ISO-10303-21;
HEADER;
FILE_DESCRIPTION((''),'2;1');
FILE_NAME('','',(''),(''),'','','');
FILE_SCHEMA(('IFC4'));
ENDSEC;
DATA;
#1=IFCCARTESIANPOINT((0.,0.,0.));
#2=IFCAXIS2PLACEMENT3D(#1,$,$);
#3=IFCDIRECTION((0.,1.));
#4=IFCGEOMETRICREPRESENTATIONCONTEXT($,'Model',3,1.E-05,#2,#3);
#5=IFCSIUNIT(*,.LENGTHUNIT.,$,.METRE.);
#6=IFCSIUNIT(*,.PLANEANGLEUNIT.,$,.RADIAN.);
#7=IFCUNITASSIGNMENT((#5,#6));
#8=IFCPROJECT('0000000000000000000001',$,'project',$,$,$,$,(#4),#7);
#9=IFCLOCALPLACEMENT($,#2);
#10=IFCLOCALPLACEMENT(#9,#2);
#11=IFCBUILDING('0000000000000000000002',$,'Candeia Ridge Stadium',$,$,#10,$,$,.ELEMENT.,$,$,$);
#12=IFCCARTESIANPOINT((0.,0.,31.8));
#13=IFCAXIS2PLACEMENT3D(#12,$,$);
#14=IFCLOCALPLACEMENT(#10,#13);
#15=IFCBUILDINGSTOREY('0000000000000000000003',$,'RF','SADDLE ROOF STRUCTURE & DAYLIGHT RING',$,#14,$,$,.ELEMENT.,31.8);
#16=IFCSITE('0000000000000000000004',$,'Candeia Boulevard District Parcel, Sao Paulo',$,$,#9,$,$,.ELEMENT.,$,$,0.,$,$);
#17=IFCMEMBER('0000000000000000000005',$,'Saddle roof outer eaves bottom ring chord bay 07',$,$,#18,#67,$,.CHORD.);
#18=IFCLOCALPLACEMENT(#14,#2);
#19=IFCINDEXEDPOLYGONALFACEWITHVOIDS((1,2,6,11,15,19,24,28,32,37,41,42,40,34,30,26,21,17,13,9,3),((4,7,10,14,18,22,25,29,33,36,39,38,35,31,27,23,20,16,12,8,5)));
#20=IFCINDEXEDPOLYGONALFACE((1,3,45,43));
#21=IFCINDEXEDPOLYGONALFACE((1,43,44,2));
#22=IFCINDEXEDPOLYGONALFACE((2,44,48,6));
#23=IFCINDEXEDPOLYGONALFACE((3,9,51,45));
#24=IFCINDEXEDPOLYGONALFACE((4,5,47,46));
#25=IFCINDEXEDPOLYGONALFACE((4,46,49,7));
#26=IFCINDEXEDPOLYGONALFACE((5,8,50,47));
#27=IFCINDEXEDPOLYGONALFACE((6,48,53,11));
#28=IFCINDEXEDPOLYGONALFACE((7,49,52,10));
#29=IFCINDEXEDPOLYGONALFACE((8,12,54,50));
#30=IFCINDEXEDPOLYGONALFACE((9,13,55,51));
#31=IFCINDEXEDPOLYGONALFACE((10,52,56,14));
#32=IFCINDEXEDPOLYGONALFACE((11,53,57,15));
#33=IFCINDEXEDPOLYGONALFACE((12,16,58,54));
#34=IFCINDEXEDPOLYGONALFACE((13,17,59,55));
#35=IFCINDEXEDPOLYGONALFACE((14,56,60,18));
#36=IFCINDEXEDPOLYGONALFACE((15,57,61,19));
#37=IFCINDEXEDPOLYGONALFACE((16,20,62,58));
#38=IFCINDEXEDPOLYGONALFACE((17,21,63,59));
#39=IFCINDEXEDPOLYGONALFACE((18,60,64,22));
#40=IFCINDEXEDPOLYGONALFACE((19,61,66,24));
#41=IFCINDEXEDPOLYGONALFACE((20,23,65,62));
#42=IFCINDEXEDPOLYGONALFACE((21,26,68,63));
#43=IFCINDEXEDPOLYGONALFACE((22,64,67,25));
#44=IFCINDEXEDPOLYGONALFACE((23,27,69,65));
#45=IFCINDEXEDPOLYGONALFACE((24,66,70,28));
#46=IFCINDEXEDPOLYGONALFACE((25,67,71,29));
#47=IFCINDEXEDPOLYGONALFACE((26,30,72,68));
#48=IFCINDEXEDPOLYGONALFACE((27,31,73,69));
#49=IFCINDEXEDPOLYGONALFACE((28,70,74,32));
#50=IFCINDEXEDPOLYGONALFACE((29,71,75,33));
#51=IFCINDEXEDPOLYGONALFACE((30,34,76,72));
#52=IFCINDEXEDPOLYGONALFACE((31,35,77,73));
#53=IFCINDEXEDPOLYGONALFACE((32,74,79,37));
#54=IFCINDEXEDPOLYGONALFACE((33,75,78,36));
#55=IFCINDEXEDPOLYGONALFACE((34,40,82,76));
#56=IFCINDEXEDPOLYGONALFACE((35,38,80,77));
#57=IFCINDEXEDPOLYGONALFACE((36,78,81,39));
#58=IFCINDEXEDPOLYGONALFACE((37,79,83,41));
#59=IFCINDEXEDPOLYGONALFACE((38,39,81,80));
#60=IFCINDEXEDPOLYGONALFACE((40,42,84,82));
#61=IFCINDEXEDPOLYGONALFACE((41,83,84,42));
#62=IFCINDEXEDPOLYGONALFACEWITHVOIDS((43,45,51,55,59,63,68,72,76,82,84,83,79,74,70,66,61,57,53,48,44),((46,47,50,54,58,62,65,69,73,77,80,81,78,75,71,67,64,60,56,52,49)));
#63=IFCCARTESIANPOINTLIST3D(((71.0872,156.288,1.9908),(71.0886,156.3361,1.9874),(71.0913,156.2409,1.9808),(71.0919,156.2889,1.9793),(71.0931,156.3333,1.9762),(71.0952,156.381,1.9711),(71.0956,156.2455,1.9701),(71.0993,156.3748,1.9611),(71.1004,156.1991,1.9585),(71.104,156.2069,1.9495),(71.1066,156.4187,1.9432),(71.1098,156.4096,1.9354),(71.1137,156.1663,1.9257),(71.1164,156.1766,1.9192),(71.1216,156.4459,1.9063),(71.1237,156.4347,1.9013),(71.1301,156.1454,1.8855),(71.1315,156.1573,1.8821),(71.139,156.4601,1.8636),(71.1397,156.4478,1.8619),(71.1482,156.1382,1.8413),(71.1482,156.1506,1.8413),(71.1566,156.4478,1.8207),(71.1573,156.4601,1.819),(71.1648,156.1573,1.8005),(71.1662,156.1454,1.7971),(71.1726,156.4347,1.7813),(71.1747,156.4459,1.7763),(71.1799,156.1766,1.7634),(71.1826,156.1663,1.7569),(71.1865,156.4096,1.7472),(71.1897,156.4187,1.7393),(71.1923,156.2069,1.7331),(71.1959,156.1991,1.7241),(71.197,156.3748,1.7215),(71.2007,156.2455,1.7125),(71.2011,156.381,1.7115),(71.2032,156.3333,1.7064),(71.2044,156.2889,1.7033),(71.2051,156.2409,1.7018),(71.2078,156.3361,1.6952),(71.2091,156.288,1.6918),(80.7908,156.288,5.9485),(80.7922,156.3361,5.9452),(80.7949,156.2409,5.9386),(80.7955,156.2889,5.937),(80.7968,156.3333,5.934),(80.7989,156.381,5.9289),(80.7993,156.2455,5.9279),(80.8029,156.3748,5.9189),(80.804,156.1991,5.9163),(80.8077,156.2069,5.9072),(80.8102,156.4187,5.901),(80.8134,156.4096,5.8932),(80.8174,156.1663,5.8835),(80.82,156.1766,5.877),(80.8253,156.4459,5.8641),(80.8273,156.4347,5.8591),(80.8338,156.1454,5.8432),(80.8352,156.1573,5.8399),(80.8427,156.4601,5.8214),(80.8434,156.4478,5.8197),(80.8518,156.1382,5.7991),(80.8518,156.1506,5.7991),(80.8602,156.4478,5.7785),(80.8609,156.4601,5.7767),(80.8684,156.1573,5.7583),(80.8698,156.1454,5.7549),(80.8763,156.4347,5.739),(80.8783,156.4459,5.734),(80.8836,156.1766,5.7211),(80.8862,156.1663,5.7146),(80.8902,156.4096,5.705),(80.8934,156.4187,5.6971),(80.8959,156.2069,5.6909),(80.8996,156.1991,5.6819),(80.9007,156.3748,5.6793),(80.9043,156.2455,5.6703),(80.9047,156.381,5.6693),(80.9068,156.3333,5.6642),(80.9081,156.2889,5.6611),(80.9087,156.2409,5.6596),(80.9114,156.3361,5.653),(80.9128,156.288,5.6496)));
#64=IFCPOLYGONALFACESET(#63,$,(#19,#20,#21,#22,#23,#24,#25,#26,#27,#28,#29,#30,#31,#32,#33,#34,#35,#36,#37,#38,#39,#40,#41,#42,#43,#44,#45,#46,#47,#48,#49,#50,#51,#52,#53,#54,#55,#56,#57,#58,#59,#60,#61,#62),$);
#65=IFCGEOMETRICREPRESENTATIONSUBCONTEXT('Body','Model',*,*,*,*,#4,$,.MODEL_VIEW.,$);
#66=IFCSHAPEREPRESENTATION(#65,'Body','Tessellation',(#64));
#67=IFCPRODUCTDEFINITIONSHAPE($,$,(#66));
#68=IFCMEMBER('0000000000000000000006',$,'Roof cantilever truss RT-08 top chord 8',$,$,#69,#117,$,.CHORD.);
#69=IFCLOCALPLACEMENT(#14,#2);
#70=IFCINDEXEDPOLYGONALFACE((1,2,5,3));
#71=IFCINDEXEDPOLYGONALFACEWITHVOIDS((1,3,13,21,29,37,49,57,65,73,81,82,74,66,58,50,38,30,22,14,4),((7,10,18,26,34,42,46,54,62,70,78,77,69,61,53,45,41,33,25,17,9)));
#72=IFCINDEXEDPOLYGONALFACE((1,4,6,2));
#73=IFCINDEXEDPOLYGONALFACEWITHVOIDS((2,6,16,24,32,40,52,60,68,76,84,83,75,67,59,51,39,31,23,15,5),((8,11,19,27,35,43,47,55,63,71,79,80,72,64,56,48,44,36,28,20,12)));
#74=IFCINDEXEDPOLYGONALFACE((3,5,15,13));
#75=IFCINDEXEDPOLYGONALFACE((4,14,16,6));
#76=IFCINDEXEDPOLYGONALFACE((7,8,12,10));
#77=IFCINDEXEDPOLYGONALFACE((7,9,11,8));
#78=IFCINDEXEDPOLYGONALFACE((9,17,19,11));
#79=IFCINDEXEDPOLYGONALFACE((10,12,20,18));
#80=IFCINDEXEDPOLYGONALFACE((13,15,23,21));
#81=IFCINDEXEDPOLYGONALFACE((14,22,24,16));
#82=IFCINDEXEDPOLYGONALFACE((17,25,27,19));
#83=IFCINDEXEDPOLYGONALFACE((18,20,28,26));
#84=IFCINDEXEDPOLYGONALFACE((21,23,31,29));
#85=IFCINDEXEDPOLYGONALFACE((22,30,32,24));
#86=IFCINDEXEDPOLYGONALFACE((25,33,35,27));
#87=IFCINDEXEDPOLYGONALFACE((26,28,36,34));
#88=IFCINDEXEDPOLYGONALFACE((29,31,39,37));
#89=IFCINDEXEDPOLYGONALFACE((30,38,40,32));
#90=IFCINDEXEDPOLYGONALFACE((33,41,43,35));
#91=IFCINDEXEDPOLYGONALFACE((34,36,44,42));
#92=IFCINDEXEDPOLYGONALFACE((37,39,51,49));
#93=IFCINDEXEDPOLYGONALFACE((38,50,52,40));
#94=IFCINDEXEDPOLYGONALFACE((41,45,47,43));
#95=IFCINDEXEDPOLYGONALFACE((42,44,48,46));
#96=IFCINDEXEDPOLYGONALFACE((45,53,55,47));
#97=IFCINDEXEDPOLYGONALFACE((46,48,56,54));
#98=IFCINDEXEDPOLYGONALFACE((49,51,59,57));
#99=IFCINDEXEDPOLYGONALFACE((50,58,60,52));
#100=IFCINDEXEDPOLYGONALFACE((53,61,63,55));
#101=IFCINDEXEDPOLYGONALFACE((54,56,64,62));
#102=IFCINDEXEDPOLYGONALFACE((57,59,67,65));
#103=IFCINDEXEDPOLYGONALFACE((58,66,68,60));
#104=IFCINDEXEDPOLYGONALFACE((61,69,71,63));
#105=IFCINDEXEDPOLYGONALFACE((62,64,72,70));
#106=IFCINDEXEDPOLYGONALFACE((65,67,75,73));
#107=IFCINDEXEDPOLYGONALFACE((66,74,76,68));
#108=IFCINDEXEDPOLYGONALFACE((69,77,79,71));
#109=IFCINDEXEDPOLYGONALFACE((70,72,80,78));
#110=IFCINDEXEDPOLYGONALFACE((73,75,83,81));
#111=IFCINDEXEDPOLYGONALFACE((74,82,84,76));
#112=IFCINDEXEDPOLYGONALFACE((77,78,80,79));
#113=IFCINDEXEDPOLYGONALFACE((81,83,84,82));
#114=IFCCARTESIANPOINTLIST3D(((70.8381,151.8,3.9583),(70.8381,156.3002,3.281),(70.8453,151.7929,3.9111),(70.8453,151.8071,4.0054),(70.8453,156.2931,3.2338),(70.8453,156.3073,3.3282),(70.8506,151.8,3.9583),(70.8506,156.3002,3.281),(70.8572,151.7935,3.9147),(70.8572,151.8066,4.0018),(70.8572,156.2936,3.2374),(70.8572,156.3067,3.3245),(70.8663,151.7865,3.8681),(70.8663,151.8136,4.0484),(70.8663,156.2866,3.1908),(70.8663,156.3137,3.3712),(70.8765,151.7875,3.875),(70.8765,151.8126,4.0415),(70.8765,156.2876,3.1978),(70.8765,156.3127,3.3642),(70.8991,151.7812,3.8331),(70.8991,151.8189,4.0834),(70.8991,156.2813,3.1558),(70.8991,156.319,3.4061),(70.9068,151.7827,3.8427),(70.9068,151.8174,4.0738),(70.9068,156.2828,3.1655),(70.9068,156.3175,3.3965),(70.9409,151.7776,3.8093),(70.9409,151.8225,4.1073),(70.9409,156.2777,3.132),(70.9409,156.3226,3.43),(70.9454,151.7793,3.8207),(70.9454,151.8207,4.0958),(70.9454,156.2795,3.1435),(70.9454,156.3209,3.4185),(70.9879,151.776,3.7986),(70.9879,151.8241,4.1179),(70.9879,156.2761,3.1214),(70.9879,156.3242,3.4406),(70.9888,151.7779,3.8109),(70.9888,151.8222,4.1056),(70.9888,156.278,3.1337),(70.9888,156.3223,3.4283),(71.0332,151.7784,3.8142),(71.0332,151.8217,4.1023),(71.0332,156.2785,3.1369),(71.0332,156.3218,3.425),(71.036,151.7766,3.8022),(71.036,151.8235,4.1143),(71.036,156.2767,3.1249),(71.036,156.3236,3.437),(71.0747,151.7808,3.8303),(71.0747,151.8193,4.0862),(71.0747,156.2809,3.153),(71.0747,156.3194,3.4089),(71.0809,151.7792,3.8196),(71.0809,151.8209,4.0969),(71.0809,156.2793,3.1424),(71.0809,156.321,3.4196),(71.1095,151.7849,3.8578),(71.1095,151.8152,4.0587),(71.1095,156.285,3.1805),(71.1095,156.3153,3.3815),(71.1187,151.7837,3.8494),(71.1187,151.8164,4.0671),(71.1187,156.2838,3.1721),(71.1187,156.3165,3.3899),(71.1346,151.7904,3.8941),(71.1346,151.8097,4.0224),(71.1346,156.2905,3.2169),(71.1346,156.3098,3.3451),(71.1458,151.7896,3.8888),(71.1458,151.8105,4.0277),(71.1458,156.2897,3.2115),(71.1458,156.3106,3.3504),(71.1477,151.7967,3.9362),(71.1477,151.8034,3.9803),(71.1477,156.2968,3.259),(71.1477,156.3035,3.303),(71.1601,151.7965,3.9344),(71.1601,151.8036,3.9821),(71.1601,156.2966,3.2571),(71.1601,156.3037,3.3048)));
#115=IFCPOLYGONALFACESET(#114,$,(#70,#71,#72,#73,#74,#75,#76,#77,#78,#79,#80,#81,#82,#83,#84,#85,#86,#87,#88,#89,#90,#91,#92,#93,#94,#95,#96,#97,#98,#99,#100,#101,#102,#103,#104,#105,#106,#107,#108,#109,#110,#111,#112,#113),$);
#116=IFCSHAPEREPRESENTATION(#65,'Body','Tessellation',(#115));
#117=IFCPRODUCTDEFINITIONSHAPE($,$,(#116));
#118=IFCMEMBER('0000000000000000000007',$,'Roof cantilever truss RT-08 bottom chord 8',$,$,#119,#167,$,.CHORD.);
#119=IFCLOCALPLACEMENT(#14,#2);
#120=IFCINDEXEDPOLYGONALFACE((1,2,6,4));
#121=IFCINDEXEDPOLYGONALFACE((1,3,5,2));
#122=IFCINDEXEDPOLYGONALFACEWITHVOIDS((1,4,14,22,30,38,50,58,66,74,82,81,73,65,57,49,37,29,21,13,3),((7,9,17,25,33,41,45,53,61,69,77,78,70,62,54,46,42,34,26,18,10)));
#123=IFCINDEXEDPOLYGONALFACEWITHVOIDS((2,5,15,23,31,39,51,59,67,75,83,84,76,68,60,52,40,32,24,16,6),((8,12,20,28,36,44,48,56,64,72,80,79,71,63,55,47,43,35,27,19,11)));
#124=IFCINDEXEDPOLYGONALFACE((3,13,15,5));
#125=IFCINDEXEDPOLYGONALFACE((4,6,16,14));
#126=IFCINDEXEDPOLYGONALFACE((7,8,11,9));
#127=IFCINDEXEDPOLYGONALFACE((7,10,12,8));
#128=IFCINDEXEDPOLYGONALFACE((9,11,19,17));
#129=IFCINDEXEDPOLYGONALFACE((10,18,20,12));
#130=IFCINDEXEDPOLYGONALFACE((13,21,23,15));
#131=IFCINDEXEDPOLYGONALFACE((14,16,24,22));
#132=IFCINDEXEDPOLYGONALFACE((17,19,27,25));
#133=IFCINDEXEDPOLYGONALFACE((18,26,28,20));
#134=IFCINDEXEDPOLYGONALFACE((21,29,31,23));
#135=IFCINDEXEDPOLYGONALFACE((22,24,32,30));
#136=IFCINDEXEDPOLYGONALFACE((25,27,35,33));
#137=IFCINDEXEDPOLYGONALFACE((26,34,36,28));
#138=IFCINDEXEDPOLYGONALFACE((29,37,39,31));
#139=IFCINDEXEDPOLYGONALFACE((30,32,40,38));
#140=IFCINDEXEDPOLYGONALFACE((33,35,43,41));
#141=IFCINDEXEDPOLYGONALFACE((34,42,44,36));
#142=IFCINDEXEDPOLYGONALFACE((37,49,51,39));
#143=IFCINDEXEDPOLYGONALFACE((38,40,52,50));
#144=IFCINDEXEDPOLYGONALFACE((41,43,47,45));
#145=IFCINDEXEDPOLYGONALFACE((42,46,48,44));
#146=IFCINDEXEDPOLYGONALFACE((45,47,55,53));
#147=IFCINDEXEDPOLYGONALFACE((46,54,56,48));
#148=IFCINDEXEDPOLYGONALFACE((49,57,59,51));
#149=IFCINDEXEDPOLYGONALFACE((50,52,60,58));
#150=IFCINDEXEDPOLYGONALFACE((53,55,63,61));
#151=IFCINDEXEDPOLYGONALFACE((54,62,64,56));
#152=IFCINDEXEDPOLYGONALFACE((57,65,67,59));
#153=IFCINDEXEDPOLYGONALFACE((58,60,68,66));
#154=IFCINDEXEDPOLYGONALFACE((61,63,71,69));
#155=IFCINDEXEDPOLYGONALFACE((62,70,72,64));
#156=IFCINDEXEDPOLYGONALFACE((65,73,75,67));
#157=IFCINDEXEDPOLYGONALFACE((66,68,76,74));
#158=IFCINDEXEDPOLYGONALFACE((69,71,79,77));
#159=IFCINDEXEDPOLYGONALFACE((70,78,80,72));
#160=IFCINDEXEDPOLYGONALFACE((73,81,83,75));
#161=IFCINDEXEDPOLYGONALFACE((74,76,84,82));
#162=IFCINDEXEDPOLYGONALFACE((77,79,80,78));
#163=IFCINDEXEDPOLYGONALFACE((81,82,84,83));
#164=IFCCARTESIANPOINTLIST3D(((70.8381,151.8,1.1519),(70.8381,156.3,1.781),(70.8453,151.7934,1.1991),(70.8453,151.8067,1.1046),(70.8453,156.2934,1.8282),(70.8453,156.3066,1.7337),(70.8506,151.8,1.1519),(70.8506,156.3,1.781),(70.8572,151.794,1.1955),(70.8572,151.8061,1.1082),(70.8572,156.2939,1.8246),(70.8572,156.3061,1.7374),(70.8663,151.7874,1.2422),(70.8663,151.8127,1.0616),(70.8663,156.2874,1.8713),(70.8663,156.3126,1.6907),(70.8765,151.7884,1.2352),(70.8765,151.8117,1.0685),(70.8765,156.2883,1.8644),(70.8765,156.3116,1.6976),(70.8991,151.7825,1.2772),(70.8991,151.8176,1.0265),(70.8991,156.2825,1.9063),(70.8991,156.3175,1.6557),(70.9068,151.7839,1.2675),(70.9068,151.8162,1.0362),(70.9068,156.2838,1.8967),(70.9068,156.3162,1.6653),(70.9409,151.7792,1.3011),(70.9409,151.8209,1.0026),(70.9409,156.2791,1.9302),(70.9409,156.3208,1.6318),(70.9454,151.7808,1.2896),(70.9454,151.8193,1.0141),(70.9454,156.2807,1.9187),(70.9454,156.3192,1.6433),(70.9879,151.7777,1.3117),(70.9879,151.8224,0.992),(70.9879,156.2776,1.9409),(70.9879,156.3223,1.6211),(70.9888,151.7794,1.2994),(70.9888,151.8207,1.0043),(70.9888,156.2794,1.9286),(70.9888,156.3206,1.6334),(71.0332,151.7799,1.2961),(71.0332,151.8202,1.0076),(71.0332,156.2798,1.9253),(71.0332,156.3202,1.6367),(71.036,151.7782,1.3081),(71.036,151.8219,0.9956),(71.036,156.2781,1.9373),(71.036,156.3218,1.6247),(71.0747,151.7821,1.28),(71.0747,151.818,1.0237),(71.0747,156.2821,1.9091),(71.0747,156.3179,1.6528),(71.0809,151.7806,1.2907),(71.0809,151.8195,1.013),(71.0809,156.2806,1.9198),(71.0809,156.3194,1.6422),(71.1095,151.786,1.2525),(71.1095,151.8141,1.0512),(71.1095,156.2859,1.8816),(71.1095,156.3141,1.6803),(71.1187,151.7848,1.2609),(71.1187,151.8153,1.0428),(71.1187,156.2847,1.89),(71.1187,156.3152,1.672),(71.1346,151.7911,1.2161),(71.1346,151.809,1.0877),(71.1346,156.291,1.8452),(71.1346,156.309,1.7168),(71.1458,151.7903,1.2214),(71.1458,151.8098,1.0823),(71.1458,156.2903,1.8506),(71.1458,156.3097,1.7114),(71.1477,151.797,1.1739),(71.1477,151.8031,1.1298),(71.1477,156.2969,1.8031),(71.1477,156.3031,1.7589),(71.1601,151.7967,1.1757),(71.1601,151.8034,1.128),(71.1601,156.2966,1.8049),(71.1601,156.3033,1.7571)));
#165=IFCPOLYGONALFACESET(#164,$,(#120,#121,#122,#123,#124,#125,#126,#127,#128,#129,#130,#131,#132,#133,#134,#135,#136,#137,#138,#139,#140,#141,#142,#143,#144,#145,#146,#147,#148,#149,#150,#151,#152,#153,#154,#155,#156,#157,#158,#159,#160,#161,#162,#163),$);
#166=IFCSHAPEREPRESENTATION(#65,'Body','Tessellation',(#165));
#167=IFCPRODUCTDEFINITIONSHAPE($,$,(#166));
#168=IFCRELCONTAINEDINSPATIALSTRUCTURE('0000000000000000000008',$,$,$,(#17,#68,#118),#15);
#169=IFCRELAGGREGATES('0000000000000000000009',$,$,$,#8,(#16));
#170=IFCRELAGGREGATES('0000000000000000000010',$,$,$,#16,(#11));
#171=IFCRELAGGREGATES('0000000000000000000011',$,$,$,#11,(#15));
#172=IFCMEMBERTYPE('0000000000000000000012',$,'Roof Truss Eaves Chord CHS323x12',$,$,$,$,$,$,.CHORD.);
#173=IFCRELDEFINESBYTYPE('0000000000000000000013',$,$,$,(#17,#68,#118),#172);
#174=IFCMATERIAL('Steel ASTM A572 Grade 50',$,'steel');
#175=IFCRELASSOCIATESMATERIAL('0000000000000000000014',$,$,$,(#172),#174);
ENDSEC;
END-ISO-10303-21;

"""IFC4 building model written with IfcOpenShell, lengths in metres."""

from ifc_helpers import new_model, si_unit, direction, frame, origin, origin_2d, place, context, subcontext, project, spatial, hollow_circle, extrude, material, material_profile, profile_set, type_object, element, save


model = new_model("IFC4")

# Units and contexts
model_context = context("Model", 3, precision=1e-05, world=origin(), true_north=direction((0.0, 1.0)))
body_context = subcontext(model_context, "Body", "Model", "MODEL_VIEW")
ifc_project = project(units=[si_unit("LENGTHUNIT", "METRE"), si_unit("PLANEANGLEUNIT", "RADIAN")], contexts=[model_context])

# Site, building, storey
site_placement = place(None, origin())
site = spatial("IfcSite", under=ifc_project, at=site_placement, Name="Candeia Boulevard District Parcel, Sao Paulo", CompositionType="ELEMENT", RefElevation=0.0)
building_placement = place(site_placement, origin())
building = spatial("IfcBuilding", under=site, at=building_placement, Name="Candeia Ridge Stadium", CompositionType="ELEMENT")
storey_placement = place(building_placement, frame((0.0, 0.0, 31.8)))
storey = spatial("IfcBuildingStorey", under=building, at=storey_placement, Name="RF", Description="SADDLE ROOF STRUCTURE & DAYLIGHT RING", CompositionType="ELEMENT", Elevation=31.8)

# Shared definitions
ifc_material_1 = material(Name="Steel ASTM A572 Grade 50", Category="steel")

# Members
ifc_material_profile_1 = material_profile(ifc_material_1, hollow_circle(Radius=0.1619, WallThickness=0.0125, at=origin_2d()), Name="CHS323x12", Category="steel")
ifc_profile_set_1 = profile_set([ifc_material_profile_1], Name="Steel ASTM A572 Grade 50")
member_type_1 = type_object("IfcMemberType", Name="Roof Truss Eaves Chord CHS323x12", PredefinedType="CHORD", material=ifc_profile_set_1)
for number, where, z_axis, x_axis, name in (
    (1, (80.8518, 156.3, 5.7991), (-0.925944, 0.0, -0.37766), (0.0, -1.0, 0.0), "Saddle roof outer eaves bottom ring chord bay 07"),
):
    element("IfcMember", number, at=place(storey_placement, frame(where, z_axis=z_axis, x_axis=x_axis)), inside=storey, type_object=member_type_1, Name=name, PredefinedType="CHORD", context=body_context, shape_type="SweptSolid", body=[
        extrude(hollow_circle(Radius=0.1619, WallThickness=0.0125, at=origin_2d()), origin(), (0.0, 0.0, 1.0), 10.4797),
    ])
member_1_placement = place(storey_placement, frame((71.0, 151.8, 3.9583), z_axis=(0.0, 0.988864, -0.148823), x_axis=(-1.0, 0.0, 0.0)))
element("IfcMember", 2, at=member_1_placement, inside=storey, type_object=member_type_1, Name="Roof cantilever truss RT-08 top chord 8", PredefinedType="CHORD", context=body_context, shape_type="SweptSolid", body=[
    extrude(hollow_circle(Radius=0.1619, WallThickness=0.0125, at=origin_2d()), origin(), (0.0, 0.0, 1.0), 4.5508),
])
member_2_placement = place(storey_placement, frame((71.0, 151.8, 1.1519), z_axis=(0.0, 0.990367, 0.138464), x_axis=(-1.0, 0.0, 0.0)))
element("IfcMember", 3, at=member_2_placement, inside=storey, type_object=member_type_1, Name="Roof cantilever truss RT-08 bottom chord 8", PredefinedType="CHORD", context=body_context, shape_type="SweptSolid", body=[
    extrude(hollow_circle(Radius=0.1619, WallThickness=0.0125, at=origin_2d()), origin(), (0.0, 0.0, 1.0), 4.5437),
])

save(model, "model.ifc")
